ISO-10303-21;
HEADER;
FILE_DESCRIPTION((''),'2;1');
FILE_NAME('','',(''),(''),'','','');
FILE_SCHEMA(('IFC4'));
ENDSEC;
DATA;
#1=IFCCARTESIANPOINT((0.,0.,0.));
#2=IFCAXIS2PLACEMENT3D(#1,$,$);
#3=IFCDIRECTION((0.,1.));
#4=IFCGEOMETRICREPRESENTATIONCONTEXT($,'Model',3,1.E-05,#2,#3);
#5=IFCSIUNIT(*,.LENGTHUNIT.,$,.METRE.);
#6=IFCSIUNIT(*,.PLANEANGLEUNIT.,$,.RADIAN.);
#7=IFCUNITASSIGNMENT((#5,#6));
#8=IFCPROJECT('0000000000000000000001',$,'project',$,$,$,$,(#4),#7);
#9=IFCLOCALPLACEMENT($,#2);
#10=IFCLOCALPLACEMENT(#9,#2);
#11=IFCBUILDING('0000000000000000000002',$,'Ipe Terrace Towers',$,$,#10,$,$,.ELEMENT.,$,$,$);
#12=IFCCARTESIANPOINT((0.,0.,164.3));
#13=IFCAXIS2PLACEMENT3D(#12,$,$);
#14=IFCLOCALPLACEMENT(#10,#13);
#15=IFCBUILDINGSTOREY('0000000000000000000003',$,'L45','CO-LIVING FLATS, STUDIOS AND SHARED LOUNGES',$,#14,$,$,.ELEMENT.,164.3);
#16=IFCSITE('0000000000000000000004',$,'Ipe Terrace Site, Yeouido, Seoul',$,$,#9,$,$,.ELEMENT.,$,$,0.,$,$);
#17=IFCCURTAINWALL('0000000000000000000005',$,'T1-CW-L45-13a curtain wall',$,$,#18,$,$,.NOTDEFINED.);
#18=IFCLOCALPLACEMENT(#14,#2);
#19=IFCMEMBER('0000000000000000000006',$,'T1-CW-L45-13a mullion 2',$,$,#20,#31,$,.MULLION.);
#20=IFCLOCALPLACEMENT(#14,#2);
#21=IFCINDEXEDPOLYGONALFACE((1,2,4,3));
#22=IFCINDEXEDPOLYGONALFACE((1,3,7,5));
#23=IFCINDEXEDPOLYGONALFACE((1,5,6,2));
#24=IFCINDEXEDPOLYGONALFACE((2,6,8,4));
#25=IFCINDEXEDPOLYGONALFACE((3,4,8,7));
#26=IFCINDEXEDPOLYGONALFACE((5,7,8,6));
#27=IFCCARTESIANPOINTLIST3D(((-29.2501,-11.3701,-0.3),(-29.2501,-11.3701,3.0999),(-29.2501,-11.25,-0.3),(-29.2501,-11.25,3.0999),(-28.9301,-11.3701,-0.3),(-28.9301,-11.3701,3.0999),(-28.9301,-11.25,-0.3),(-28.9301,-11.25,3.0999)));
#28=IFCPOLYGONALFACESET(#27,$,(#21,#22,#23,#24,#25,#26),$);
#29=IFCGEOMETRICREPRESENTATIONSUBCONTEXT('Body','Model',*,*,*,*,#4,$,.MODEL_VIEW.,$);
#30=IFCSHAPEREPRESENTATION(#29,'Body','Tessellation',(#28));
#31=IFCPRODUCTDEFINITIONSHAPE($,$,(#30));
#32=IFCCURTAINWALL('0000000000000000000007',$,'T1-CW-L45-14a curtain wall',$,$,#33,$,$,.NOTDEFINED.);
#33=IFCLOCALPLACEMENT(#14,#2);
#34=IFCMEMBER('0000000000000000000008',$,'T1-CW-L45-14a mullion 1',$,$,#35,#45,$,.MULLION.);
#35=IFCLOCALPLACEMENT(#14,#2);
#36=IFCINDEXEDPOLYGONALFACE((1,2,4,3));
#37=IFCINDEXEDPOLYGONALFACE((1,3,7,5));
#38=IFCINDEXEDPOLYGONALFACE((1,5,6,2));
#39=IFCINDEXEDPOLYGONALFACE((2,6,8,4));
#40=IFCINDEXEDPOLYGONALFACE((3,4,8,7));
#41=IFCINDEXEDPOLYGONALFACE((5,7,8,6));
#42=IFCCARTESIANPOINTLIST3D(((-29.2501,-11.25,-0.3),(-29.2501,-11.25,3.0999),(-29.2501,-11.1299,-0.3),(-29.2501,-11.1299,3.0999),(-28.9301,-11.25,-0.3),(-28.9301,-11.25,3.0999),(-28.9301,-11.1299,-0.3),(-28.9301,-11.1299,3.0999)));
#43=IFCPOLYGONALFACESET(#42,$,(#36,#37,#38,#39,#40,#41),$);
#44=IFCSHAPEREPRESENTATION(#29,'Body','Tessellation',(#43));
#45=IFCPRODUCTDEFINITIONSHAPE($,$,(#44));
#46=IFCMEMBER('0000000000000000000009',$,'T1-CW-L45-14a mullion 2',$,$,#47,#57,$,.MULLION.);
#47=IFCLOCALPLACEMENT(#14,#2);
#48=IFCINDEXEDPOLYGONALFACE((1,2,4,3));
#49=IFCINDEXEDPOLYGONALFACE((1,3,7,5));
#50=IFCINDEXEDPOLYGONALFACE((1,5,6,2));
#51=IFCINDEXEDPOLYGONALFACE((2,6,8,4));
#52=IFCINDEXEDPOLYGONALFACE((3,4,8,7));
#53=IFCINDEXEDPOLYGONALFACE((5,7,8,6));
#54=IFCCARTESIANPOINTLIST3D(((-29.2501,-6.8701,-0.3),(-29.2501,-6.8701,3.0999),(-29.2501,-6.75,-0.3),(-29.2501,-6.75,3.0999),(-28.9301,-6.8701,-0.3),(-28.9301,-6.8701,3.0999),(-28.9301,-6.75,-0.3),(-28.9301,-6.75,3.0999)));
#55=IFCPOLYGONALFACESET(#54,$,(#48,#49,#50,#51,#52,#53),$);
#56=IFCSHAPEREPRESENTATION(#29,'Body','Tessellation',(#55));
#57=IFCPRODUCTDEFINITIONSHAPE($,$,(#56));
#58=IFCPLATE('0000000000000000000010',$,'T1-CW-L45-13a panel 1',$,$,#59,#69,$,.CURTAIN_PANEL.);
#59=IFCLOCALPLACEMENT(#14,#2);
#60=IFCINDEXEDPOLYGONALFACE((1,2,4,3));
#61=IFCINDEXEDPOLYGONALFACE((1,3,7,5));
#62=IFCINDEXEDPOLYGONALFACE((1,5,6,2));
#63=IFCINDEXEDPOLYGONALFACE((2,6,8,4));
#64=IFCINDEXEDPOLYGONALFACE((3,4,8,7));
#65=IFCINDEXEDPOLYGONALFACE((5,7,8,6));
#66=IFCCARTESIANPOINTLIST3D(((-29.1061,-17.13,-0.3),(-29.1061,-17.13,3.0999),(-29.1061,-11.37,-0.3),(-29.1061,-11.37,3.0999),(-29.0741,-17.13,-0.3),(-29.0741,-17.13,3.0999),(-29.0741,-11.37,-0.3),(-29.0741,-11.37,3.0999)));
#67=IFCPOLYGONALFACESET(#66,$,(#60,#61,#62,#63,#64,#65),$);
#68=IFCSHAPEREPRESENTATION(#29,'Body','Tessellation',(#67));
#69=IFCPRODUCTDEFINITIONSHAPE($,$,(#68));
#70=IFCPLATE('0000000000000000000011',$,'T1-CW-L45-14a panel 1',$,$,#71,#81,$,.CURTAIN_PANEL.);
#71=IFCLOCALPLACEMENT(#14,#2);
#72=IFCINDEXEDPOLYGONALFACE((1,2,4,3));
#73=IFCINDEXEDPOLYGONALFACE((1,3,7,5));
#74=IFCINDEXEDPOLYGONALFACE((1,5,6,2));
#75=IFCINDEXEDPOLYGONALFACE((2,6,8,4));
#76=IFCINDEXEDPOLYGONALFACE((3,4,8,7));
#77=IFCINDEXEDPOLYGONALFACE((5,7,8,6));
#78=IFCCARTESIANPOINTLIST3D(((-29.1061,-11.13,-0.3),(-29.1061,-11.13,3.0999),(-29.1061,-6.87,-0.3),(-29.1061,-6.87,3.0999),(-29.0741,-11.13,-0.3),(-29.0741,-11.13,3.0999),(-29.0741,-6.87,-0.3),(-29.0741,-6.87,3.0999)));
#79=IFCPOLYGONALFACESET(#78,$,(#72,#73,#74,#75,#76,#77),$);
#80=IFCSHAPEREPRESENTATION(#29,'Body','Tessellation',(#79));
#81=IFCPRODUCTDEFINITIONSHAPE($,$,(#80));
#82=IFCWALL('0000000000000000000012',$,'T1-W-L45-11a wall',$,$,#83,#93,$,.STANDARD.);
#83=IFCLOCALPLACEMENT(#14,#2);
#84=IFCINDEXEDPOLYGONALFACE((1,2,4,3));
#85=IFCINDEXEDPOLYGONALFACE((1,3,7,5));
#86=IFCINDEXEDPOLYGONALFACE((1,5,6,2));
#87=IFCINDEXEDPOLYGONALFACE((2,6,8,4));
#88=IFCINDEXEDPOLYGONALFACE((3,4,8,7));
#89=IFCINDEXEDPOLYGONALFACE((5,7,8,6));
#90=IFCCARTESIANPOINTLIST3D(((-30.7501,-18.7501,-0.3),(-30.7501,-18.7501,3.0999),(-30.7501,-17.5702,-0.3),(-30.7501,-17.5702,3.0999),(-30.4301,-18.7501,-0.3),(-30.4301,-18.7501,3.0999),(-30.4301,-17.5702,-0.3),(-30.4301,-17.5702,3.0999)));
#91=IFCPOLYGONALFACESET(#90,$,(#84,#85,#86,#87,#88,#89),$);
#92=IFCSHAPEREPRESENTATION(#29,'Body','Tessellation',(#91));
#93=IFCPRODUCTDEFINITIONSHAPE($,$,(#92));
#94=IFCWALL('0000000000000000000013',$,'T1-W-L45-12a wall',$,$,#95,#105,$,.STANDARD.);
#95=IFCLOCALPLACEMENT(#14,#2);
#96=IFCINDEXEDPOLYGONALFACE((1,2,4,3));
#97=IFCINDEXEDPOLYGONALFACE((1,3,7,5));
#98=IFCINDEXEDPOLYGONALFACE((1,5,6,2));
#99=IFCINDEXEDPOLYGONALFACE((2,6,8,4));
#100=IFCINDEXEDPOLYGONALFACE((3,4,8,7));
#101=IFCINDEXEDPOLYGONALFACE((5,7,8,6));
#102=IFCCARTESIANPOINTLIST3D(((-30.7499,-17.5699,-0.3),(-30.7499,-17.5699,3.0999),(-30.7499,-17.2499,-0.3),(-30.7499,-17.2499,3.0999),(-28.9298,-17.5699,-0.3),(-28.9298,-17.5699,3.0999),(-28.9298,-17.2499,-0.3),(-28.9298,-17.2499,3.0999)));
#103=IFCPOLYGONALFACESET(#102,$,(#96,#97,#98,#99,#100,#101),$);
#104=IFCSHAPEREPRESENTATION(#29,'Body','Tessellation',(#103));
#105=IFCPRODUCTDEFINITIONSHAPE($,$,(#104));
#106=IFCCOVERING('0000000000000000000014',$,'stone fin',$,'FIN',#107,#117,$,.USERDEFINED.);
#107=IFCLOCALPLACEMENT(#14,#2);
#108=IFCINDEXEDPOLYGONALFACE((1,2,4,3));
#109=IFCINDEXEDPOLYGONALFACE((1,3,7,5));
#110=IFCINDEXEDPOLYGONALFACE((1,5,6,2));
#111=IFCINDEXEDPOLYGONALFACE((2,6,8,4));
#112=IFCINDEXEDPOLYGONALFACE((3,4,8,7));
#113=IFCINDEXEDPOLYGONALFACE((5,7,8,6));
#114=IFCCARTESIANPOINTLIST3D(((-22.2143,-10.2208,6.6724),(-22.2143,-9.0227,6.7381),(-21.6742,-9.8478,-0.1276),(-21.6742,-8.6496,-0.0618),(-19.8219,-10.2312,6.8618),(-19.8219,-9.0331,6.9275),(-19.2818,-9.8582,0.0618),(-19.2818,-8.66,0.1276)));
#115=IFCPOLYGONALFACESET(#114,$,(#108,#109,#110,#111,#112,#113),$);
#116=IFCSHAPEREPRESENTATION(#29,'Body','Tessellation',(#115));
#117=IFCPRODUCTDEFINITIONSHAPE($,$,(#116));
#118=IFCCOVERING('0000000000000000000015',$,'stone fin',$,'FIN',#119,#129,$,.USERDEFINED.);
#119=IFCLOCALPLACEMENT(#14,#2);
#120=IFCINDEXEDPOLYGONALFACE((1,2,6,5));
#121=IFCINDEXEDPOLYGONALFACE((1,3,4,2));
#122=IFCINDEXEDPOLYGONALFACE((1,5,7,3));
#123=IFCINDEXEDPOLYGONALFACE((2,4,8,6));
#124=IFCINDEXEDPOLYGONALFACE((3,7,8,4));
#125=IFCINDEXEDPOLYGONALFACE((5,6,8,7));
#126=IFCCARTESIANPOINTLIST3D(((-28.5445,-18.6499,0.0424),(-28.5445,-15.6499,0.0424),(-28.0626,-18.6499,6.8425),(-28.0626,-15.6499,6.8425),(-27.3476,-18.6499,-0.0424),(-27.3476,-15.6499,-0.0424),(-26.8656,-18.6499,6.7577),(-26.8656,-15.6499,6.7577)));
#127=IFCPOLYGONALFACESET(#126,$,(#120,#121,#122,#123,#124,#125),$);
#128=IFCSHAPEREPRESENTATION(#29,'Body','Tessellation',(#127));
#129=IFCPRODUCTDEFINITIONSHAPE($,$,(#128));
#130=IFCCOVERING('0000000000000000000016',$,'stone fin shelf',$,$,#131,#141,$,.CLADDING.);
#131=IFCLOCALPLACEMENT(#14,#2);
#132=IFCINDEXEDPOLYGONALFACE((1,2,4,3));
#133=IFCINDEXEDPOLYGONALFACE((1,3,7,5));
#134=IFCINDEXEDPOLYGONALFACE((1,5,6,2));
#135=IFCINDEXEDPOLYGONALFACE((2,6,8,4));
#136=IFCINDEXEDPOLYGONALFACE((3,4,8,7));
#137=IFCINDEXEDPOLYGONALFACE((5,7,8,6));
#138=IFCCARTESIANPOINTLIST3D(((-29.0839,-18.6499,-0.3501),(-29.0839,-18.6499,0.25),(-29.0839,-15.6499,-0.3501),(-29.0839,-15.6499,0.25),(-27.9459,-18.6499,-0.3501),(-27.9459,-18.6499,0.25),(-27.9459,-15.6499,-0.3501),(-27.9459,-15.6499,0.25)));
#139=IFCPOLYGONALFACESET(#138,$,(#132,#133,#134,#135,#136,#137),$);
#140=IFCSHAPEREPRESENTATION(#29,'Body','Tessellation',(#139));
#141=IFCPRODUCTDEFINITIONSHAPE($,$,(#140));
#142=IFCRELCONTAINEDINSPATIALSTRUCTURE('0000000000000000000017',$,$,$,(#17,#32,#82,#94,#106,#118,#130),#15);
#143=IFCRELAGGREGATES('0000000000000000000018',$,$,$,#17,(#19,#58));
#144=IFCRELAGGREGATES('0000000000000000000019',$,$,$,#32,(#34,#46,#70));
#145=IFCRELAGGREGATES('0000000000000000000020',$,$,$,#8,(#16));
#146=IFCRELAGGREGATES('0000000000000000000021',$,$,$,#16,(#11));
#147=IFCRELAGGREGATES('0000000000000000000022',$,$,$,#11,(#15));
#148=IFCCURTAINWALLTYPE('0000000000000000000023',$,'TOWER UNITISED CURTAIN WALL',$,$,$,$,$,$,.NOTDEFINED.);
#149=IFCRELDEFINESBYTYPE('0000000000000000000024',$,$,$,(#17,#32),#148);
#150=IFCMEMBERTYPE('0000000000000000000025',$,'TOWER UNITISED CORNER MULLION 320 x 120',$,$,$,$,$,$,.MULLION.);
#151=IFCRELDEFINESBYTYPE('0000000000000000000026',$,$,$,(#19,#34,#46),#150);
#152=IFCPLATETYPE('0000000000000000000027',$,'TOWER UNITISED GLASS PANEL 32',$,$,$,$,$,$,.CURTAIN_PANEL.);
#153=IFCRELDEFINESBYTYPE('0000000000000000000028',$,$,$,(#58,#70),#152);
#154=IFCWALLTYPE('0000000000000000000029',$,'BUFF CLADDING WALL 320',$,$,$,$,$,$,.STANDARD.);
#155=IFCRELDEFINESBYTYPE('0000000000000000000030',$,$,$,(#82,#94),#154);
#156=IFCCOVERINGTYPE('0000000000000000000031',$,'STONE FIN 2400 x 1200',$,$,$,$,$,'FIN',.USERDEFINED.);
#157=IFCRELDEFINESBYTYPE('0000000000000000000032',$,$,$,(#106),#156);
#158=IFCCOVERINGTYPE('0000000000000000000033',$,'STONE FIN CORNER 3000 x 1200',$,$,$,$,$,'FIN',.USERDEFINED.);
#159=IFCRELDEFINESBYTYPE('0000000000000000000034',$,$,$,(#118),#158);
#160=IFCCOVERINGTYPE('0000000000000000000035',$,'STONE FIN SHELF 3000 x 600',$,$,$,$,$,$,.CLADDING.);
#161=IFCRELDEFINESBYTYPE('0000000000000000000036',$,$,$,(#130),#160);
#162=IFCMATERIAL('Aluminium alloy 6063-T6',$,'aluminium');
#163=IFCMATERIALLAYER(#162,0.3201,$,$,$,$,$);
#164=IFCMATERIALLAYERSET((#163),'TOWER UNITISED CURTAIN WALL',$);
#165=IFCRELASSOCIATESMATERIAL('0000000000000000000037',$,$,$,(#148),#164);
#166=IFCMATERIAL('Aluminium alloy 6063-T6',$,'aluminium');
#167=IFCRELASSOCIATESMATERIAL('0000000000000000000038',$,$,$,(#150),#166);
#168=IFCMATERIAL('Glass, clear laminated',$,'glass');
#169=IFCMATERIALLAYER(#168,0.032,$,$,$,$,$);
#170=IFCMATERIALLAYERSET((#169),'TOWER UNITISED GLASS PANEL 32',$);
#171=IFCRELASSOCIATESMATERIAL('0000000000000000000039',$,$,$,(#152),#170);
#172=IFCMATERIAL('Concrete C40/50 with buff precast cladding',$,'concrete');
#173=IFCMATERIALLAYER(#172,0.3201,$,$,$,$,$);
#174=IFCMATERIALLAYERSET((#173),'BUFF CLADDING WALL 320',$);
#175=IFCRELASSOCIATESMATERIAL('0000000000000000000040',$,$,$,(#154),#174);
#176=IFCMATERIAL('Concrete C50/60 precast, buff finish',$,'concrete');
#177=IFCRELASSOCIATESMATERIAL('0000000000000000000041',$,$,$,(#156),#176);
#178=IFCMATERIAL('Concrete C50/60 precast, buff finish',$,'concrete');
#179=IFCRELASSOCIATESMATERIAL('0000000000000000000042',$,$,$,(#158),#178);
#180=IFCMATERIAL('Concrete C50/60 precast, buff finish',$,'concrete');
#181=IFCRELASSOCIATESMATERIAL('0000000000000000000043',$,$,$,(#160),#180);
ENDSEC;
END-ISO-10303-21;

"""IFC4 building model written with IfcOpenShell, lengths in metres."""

from ifc_helpers import new_model, si_unit, direction, frame, frame_2d, origin, origin_2d, place, context, subcontext, project, spatial, rectangle, extrude, material, layer, layer_set, material_profile, profile_set, type_object, element, aggregate, save


model = new_model("IFC4")

# Units and contexts
model_context = context("Model", 3, precision=1e-05, world=origin(), true_north=direction((0.0, 1.0)))
body_context = subcontext(model_context, "Body", "Model", "MODEL_VIEW")
ifc_project = project(units=[si_unit("LENGTHUNIT", "METRE"), si_unit("PLANEANGLEUNIT", "RADIAN")], contexts=[model_context])

# Site, building, storey
site_placement = place(None, origin())
site = spatial("IfcSite", under=ifc_project, at=site_placement, Name="Ipe Terrace Site, Yeouido, Seoul", CompositionType="ELEMENT", RefElevation=0.0)
building_placement = place(site_placement, origin())
building = spatial("IfcBuilding", under=site, at=building_placement, Name="Ipe Terrace Towers", CompositionType="ELEMENT")
storey_placement = place(building_placement, frame((0.0, 0.0, 164.3)))
storey = spatial("IfcBuildingStorey", under=building, at=storey_placement, Name="L45", Description="CO-LIVING FLATS, STUDIOS AND SHARED LOUNGES", CompositionType="ELEMENT", Elevation=164.3)

# Curtain walls, members
ifc_material_1 = material(Name="Aluminium alloy 6063-T6", Category="aluminium")
ifc_layer_1 = layer(ifc_material_1, 0.3201)
ifc_layer_set_1 = layer_set([ifc_layer_1], Name="TOWER UNITISED CURTAIN WALL")
curtain_wall_type = type_object("IfcCurtainWallType", Name="TOWER UNITISED CURTAIN WALL", PredefinedType="NOTDEFINED", material=ifc_layer_set_1)
curtain_wall_1_placement = place(storey_placement, origin())
curtain_wall_1 = element("IfcCurtainWall", 1, at=curtain_wall_1_placement, inside=storey, type_object=curtain_wall_type, Name="T1-CW-L45-13a curtain wall", PredefinedType="NOTDEFINED")
ifc_material_2 = material(Name="Aluminium alloy 6063-T6", Category="aluminium")
ifc_material_profile_1 = material_profile(ifc_material_2, rectangle(XDim=0.3201, YDim=0.1201, at=origin_2d()), Name="TOWER UNITISED CORNER MULLION 320 x 120")
ifc_profile_set_1 = profile_set([ifc_material_profile_1], Name="Aluminium alloy 6063-T6")
member_type = type_object("IfcMemberType", Name="TOWER UNITISED CORNER MULLION 320 x 120", PredefinedType="MULLION", material=ifc_profile_set_1)
member_1_placement = place(storey_placement, frame((-29.0901, -11.3101, -0.3), z_axis=(0.0, 0.0, 1.0), x_axis=(1.0, 0.0, 0.0)))
member_1 = element("IfcMember", 2, at=member_1_placement, type_object=member_type, Name="T1-CW-L45-13a mullion 2", PredefinedType="MULLION", context=body_context, shape_type="SweptSolid", body=[
    extrude(rectangle(XDim=0.3201, YDim=0.1201, at=origin_2d()), origin(), (0.0, 0.0, 1.0), 3.3999),
])
curtain_wall_2_placement = place(storey_placement, origin())
curtain_wall_2 = element("IfcCurtainWall", 3, at=curtain_wall_2_placement, inside=storey, type_object=curtain_wall_type, Name="T1-CW-L45-14a curtain wall", PredefinedType="NOTDEFINED")
member_2_placement = place(storey_placement, frame((-29.0901, -11.1899, -0.3), z_axis=(0.0, 0.0, 1.0), x_axis=(1.0, 0.0, 0.0)))
member_2 = element("IfcMember", 4, at=member_2_placement, type_object=member_type, Name="T1-CW-L45-14a mullion 1", PredefinedType="MULLION", context=body_context, shape_type="SweptSolid", body=[
    extrude(rectangle(XDim=0.3201, YDim=0.1201, at=origin_2d()), origin(), (0.0, 0.0, 1.0), 3.3999),
])
member_3_placement = place(storey_placement, frame((-29.0901, -6.8101, -0.3), z_axis=(0.0, 0.0, 1.0), x_axis=(1.0, 0.0, 0.0)))
member_3 = element("IfcMember", 5, at=member_3_placement, type_object=member_type, Name="T1-CW-L45-14a mullion 2", PredefinedType="MULLION", context=body_context, shape_type="SweptSolid", body=[
    extrude(rectangle(XDim=0.3201, YDim=0.1201, at=origin_2d()), origin(), (0.0, 0.0, 1.0), 3.3999),
])

# Plates
ifc_material_3 = material(Name="Glass, clear laminated", Category="glass")
ifc_layer_2 = layer(ifc_material_3, 0.032)
ifc_layer_set_2 = layer_set([ifc_layer_2], Name="TOWER UNITISED GLASS PANEL 32")
plate_type = type_object("IfcPlateType", Name="TOWER UNITISED GLASS PANEL 32", PredefinedType="CURTAIN_PANEL", material=ifc_layer_set_2)
plate_1_placement = place(storey_placement, frame((-29.0901, -14.25, -0.3), z_axis=(0.0, 0.0, 1.0), x_axis=(0.0, 1.0, 0.0)))
plate_1 = element("IfcPlate", 6, at=plate_1_placement, type_object=plate_type, Name="T1-CW-L45-13a panel 1", PredefinedType="CURTAIN_PANEL", context=body_context, shape_type="SweptSolid", body=[
    extrude(rectangle(XDim=5.76, YDim=0.032, at=origin_2d()), origin(), (0.0, 0.0, 1.0), 3.3999),
])
aggregate(curtain_wall_1, [member_1, plate_1])
plate_2_placement = place(storey_placement, frame((-29.0901, -9.0, -0.3), z_axis=(0.0, 0.0, 1.0), x_axis=(0.0, 1.0, 0.0)))
plate_2 = element("IfcPlate", 7, at=plate_2_placement, type_object=plate_type, Name="T1-CW-L45-14a panel 1", PredefinedType="CURTAIN_PANEL", context=body_context, shape_type="SweptSolid", body=[
    extrude(rectangle(XDim=4.26, YDim=0.032, at=origin_2d()), origin(), (0.0, 0.0, 1.0), 3.3999),
])
aggregate(curtain_wall_2, [member_2, member_3, plate_2])

# Walls
ifc_material_4 = material(Name="Concrete C40/50 with buff precast cladding", Category="concrete")
ifc_layer_3 = layer(ifc_material_4, 0.3201)
ifc_layer_set_3 = layer_set([ifc_layer_3], Name="BUFF CLADDING WALL 320")
wall_type = type_object("IfcWallType", Name="BUFF CLADDING WALL 320", PredefinedType="STANDARD", material=ifc_layer_set_3)
wall_1_placement = place(storey_placement, frame((-30.5901, -18.75, -0.3), z_axis=(0.0, 0.0, 1.0), x_axis=(0.0, 1.0, 0.0)))
element("IfcWall", 8, at=wall_1_placement, inside=storey, type_object=wall_type, Name="T1-W-L45-11a wall", PredefinedType="STANDARD", context=body_context, shape_type="SweptSolid", body=[
    extrude(rectangle(XDim=1.1799, YDim=0.3201, at=frame_2d((0.5898, 0.0))), origin(), (0.0, 0.0, 1.0), 3.3999),
])
wall_2_placement = place(storey_placement, frame((-30.75, -17.4099, -0.3), z_axis=(0.0, 0.0, 1.0), x_axis=(1.0, 0.0, 0.0)))
element("IfcWall", 9, at=wall_2_placement, inside=storey, type_object=wall_type, Name="T1-W-L45-12a wall", PredefinedType="STANDARD", context=body_context, shape_type="SweptSolid", body=[
    extrude(rectangle(XDim=1.8201, YDim=0.3201, at=frame_2d((0.9102, 0.0))), origin(), (0.0, 0.0, 1.0), 3.3999),
])

# Coverings
ifc_material_5 = material(Name="Concrete C50/60 precast, buff finish", Category="concrete")
ifc_material_profile_2 = material_profile(ifc_material_5, rectangle(XDim=2.3999, YDim=1.2, at=origin_2d()), Name="STONE FIN 2400 x 1200")
ifc_profile_set_2 = profile_set([ifc_material_profile_2], Name="Concrete C50/60 precast, buff finish")
covering_type_1 = type_object("IfcCoveringType", Name="STONE FIN 2400 x 1200", ElementType="FIN", PredefinedType="USERDEFINED", material=ifc_profile_set_2)
covering_1_placement = place(storey_placement, frame((-20.478, -9.2539, 0.0), z_axis=(-0.07905, -0.054606, 0.995374), x_axis=(0.996871, -0.00433, 0.078931)))
element("IfcCovering", 10, at=covering_1_placement, inside=storey, type_object=covering_type_1, Name="stone fin", ObjectType="FIN", PredefinedType="USERDEFINED", context=body_context, shape_type="SweptSolid", body=[
    extrude(rectangle(XDim=2.3999, YDim=1.2, at=origin_2d()), origin(), (0.0, 0.0, 1.0), 6.8315),
])
ifc_material_6 = material(Name="Concrete C50/60 precast, buff finish", Category="concrete")
ifc_material_profile_3 = material_profile(ifc_material_6, rectangle(XDim=3.0, YDim=1.2, at=origin_2d()), Name="STONE FIN CORNER 3000 x 1200")
ifc_profile_set_3 = profile_set([ifc_material_profile_3], Name="Concrete C50/60 precast, buff finish")
covering_type_2 = type_object("IfcCoveringType", Name="STONE FIN CORNER 3000 x 1200", ElementType="FIN", PredefinedType="USERDEFINED", material=ifc_profile_set_3)
covering_2_placement = place(storey_placement, frame((-27.946, -17.1499, 0.0), z_axis=(0.070695, 0.0, 0.997498), x_axis=(0.0, 1.0, 0.0)))
element("IfcCovering", 11, at=covering_2_placement, inside=storey, type_object=covering_type_2, Name="stone fin", ObjectType="FIN", PredefinedType="USERDEFINED", context=body_context, shape_type="SweptSolid", body=[
    extrude(rectangle(XDim=3.0, YDim=1.2, at=origin_2d()), origin(), (0.0, 0.0, 1.0), 6.8171),
])
ifc_material_7 = material(Name="Concrete C50/60 precast, buff finish", Category="concrete")
covering_type_3 = type_object("IfcCoveringType", Name="STONE FIN SHELF 3000 x 600", PredefinedType="CLADDING", material=ifc_material_7)
covering_3_placement = place(storey_placement, frame((-28.5149, -17.1499, -0.3501), z_axis=(0.0, 0.0, 1.0), x_axis=(0.0, 1.0, 0.0)))
element("IfcCovering", 12, at=covering_3_placement, inside=storey, type_object=covering_type_3, Name="stone fin shelf", PredefinedType="CLADDING", context=body_context, shape_type="SweptSolid", body=[
    extrude(rectangle(XDim=3.0, YDim=1.1379, at=origin_2d()), origin(), (0.0, 0.0, 1.0), 0.6001),
])

save(model, "model.ifc")
